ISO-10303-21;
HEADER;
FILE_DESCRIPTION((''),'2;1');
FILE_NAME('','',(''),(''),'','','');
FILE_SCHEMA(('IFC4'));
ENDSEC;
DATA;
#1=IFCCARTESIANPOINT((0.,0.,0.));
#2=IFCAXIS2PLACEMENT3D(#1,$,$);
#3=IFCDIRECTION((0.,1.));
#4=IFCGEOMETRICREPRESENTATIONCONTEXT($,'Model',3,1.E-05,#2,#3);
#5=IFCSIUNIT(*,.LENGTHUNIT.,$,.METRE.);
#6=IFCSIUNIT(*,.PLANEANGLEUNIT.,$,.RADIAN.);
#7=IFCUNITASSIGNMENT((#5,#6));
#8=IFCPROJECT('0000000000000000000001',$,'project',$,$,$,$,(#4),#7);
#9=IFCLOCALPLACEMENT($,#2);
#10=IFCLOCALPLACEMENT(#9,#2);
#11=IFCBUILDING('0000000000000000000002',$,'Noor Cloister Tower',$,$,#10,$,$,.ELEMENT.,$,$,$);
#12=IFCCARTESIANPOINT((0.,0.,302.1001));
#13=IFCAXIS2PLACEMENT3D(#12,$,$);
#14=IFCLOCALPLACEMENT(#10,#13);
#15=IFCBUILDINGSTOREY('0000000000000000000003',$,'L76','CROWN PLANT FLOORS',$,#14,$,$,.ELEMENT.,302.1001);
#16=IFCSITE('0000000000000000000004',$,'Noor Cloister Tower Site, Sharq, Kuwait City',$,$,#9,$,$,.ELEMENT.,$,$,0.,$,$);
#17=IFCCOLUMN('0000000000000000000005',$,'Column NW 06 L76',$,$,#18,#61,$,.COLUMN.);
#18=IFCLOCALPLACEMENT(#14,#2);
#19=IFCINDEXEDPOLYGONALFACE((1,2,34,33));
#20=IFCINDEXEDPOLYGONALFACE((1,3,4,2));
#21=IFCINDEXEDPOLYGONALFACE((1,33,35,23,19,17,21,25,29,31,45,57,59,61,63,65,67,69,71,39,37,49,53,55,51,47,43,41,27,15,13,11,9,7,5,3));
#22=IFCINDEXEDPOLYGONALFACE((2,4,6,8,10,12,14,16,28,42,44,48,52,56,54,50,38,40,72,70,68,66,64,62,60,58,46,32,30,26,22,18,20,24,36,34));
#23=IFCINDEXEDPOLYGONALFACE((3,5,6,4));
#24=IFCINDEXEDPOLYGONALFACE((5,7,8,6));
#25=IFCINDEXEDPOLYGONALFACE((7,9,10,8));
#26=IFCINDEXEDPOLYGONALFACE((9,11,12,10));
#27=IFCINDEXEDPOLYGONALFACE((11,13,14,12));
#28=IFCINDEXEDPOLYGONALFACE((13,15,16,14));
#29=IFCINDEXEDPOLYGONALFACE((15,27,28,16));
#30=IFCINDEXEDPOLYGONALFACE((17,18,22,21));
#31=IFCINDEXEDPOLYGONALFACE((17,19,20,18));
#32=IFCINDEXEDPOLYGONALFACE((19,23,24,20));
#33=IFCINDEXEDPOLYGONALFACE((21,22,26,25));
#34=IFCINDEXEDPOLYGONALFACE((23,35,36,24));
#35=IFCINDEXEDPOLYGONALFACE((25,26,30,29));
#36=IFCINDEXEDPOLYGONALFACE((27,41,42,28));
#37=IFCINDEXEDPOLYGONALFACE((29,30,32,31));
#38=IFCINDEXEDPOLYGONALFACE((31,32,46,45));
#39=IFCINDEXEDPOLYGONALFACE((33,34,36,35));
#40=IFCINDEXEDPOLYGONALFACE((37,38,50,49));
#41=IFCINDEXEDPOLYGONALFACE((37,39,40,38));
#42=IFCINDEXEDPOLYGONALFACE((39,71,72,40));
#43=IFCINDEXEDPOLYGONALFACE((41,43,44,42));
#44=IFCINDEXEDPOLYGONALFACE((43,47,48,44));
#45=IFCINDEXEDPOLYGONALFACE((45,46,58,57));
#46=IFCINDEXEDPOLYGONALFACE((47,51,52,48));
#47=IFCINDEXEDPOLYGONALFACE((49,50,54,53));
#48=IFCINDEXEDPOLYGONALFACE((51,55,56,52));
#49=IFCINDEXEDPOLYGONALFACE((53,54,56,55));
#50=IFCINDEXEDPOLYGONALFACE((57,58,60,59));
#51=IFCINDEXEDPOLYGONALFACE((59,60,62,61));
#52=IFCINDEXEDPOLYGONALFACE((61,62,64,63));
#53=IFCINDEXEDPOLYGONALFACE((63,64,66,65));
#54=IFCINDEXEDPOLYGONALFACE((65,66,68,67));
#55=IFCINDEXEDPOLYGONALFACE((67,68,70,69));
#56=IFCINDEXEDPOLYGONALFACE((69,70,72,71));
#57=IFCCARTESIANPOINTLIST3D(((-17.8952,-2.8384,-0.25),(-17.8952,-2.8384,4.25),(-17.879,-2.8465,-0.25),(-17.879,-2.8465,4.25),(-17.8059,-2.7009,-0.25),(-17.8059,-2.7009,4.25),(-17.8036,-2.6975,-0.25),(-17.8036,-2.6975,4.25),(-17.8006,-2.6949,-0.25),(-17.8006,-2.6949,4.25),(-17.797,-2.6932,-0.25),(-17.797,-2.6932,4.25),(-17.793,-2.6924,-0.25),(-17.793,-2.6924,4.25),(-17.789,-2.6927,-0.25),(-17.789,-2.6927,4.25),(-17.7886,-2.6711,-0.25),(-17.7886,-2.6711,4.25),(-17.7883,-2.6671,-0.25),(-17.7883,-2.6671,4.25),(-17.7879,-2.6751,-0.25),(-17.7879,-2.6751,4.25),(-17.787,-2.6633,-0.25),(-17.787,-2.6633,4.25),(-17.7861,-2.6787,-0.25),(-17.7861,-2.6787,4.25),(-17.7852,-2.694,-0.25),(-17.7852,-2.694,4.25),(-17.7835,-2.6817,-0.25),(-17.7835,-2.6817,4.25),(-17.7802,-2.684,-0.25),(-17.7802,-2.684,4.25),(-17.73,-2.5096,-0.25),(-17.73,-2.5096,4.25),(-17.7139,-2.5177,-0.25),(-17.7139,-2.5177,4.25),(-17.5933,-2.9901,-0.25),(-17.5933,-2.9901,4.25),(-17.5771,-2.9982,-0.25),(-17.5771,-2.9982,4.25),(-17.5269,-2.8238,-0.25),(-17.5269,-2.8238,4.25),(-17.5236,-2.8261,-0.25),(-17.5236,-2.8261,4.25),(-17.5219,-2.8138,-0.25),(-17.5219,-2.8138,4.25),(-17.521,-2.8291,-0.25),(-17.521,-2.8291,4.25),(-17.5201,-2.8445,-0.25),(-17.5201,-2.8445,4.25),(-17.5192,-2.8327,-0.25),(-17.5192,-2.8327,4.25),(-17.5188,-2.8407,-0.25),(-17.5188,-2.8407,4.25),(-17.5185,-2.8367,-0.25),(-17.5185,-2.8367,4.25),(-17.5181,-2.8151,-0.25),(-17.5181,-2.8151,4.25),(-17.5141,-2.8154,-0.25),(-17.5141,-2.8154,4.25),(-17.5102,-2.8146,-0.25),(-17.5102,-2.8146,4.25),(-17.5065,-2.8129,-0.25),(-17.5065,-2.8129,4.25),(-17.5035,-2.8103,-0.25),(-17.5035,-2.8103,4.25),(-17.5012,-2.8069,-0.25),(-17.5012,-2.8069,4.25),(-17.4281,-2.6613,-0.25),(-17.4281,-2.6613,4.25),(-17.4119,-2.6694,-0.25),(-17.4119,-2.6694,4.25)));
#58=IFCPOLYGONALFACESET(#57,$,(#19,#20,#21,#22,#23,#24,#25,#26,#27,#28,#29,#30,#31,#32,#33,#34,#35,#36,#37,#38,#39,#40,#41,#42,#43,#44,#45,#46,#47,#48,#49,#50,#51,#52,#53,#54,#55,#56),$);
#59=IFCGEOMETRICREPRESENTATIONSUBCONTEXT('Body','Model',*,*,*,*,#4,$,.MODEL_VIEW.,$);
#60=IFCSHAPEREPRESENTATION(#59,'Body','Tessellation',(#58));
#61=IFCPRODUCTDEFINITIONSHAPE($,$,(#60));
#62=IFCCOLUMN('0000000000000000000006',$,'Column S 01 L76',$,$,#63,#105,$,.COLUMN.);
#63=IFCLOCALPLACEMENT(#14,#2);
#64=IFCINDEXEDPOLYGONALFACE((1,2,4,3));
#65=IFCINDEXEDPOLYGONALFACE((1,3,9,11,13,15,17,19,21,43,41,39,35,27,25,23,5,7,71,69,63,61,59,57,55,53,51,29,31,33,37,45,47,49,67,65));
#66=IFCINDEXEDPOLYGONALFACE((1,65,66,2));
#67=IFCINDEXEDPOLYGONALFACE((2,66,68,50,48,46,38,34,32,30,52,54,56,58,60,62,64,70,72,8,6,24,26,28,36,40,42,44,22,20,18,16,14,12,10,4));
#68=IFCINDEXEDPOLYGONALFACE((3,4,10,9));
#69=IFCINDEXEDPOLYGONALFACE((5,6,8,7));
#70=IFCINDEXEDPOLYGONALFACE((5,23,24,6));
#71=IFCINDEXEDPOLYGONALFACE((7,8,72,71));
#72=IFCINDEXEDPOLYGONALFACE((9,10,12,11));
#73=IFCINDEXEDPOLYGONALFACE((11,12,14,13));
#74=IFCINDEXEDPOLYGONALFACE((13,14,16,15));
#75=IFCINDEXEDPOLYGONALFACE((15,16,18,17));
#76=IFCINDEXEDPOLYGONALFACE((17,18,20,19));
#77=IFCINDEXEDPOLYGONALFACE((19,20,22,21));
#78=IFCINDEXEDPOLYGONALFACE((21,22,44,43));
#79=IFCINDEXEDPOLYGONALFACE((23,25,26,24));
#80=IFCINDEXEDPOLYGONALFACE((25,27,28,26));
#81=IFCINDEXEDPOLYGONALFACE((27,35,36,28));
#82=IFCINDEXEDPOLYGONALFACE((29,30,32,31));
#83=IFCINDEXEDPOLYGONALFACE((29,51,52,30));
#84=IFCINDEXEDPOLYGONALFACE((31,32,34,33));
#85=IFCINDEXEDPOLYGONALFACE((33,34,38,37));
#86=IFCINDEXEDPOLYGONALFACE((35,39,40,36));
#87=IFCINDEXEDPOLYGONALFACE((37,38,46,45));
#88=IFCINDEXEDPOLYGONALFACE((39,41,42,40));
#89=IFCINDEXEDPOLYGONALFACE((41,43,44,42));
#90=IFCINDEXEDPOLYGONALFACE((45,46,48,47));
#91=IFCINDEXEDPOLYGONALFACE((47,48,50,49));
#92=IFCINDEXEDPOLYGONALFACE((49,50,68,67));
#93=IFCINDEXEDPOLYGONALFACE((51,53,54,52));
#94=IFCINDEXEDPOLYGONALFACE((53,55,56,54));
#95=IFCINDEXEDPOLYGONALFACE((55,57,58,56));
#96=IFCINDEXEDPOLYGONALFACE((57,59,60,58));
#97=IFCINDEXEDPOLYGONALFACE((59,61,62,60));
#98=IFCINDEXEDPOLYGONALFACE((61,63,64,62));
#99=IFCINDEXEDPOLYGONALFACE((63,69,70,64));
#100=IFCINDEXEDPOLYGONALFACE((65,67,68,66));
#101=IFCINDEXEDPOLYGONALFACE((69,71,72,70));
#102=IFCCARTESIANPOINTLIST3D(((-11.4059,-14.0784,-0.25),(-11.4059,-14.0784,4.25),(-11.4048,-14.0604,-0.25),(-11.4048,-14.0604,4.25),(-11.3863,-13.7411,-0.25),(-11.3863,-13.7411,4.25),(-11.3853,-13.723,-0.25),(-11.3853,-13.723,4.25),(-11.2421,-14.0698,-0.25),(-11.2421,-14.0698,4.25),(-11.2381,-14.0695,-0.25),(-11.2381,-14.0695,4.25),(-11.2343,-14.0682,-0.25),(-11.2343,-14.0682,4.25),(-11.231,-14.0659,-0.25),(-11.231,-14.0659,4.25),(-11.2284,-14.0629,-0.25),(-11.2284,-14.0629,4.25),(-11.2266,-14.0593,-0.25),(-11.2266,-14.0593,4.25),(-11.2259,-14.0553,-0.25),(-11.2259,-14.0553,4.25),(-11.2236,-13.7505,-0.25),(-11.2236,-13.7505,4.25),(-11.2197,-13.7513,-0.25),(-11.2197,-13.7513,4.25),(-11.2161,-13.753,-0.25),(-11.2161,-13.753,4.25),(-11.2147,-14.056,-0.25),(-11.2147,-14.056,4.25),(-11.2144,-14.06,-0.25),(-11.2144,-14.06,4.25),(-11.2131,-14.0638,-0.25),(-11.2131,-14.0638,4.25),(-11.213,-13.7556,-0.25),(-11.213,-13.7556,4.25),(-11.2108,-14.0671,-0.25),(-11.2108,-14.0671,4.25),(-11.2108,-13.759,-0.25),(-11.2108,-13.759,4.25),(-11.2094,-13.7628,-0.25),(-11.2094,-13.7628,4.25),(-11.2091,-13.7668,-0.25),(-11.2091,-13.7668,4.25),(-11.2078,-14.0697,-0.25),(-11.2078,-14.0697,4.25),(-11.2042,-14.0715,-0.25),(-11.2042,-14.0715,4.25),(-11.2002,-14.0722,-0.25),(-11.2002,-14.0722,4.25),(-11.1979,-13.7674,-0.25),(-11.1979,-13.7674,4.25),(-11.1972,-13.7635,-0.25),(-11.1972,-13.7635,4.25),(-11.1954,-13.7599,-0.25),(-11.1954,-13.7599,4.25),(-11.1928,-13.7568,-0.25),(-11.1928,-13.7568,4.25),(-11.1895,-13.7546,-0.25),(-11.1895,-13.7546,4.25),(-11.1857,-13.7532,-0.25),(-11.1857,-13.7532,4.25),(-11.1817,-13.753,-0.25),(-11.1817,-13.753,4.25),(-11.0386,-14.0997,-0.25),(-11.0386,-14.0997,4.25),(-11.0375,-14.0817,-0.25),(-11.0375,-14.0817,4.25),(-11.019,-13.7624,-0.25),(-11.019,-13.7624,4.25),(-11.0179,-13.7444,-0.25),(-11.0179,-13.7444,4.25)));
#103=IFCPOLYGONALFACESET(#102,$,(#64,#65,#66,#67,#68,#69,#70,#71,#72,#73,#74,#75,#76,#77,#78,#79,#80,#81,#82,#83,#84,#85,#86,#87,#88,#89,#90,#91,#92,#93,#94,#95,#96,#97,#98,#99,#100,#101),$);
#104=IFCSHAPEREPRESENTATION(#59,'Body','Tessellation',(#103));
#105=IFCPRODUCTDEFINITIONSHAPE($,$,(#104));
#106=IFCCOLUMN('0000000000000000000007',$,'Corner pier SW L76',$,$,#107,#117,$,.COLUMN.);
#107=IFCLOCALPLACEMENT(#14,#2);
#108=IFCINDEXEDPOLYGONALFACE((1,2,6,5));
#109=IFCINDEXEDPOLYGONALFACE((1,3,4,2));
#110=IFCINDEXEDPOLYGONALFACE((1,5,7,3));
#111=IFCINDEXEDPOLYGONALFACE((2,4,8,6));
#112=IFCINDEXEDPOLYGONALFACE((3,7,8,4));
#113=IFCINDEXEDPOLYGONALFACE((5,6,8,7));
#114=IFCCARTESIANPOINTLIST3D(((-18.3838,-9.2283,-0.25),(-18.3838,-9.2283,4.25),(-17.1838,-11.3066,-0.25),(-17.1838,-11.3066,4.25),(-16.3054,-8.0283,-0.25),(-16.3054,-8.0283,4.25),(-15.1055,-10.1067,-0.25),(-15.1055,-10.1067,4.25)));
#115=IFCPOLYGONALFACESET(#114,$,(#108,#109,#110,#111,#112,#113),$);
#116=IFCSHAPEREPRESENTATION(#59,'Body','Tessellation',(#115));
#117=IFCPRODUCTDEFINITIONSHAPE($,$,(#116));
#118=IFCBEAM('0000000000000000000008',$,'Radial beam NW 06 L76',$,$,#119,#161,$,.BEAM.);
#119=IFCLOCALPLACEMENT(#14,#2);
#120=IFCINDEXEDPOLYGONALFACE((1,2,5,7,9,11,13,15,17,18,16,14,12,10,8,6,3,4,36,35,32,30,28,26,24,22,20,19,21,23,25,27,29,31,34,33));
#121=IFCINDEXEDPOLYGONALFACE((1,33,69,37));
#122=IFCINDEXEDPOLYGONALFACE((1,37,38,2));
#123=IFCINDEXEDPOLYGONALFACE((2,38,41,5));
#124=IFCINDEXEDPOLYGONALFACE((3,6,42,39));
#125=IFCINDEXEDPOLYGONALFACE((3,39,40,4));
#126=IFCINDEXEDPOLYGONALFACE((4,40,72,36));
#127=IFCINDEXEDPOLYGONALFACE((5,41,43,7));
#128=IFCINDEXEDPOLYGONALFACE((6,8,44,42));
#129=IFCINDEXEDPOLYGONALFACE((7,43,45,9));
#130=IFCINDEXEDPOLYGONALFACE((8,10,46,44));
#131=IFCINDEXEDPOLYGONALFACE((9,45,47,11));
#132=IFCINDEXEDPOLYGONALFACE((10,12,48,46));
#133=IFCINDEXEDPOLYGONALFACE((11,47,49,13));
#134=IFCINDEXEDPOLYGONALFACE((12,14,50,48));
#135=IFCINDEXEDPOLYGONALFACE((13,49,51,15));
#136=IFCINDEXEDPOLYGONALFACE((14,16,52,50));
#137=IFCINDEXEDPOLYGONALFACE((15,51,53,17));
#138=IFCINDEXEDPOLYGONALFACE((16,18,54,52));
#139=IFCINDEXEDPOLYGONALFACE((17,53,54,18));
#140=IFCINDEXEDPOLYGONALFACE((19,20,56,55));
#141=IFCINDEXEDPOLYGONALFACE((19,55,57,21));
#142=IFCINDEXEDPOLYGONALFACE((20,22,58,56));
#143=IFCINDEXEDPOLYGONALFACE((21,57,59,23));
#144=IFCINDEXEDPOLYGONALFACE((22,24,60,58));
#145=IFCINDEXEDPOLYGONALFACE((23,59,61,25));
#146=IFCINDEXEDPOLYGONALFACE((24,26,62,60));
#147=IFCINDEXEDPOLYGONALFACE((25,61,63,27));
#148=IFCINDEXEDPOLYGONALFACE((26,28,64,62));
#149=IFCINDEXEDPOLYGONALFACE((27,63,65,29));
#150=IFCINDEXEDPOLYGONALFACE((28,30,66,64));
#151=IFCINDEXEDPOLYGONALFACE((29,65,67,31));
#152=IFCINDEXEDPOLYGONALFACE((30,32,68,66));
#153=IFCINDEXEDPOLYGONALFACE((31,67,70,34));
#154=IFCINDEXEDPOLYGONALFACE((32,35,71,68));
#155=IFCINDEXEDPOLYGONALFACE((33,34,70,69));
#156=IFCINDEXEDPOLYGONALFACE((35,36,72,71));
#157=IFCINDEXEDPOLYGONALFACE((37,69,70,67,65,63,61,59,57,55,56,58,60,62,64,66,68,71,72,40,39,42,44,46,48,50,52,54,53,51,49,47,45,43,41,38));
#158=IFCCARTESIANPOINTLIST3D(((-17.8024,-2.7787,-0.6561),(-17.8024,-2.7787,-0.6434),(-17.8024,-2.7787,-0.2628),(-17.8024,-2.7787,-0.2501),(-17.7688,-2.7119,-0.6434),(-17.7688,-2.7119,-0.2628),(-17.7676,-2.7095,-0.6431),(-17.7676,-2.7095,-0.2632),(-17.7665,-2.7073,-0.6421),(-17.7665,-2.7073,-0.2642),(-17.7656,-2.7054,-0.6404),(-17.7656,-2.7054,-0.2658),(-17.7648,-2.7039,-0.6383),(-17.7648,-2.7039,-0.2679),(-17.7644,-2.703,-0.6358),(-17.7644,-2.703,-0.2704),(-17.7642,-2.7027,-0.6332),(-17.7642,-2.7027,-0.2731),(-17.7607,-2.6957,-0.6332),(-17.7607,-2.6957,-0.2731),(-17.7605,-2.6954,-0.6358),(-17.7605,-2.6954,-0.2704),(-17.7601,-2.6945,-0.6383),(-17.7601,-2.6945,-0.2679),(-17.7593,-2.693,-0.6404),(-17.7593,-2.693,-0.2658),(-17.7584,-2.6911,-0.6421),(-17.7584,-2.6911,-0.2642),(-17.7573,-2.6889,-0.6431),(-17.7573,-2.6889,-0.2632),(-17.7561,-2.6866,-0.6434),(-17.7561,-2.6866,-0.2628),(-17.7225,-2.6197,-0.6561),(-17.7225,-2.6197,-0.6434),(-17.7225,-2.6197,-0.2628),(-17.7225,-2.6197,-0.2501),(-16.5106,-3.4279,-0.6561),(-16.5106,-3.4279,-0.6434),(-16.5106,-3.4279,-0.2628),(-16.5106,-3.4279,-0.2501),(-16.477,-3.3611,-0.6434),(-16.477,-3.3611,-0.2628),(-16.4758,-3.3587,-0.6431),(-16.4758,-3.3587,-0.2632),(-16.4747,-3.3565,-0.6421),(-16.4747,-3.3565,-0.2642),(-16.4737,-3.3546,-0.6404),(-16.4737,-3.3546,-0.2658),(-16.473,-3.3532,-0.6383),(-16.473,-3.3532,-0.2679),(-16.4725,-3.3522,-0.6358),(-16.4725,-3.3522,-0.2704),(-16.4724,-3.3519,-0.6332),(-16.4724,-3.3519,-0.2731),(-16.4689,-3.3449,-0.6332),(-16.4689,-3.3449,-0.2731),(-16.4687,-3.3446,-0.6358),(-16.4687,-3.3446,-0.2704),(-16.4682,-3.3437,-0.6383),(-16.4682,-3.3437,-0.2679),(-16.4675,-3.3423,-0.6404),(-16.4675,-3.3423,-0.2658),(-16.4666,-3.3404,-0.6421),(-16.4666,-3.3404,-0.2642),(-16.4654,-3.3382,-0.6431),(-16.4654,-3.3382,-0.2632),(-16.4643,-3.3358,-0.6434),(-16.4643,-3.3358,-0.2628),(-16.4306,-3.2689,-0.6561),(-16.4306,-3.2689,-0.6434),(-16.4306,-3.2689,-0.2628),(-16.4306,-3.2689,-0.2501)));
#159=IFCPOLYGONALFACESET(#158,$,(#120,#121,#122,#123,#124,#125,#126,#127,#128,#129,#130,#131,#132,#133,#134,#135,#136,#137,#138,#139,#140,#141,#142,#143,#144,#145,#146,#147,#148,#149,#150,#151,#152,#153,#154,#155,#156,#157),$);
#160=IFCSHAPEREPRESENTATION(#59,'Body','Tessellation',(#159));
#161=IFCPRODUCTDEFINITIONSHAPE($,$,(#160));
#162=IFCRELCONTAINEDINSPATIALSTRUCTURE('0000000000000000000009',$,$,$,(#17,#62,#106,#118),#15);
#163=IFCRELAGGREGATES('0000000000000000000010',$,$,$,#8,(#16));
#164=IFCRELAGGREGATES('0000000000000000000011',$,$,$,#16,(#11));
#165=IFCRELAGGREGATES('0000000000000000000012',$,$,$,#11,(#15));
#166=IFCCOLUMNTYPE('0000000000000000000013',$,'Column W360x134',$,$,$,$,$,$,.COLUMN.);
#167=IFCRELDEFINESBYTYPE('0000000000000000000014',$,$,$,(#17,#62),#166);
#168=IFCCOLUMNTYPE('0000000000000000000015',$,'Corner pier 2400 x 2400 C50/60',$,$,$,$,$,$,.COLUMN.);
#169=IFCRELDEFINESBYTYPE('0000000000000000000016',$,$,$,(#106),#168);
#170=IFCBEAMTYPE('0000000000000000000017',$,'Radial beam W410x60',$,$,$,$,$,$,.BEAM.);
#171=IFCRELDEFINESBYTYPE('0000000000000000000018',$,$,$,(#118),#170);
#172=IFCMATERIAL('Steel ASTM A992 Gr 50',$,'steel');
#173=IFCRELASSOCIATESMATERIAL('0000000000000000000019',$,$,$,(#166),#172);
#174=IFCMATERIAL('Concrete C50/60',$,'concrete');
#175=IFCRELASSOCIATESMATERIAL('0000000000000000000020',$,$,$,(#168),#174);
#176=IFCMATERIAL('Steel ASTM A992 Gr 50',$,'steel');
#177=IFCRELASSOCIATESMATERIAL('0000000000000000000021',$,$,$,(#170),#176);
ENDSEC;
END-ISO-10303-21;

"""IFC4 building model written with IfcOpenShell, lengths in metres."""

from ifc_helpers import new_model, si_unit, direction, frame, origin, origin_2d, place, context, subcontext, project, spatial, rectangle, i_section, extrude, material, material_profile, profile_set, type_object, element, save


model = new_model("IFC4")

# Units and contexts
model_context = context("Model", 3, precision=1e-05, world=origin(), true_north=direction((0.0, 1.0)))
body_context = subcontext(model_context, "Body", "Model", "MODEL_VIEW")
ifc_project = project(units=[si_unit("LENGTHUNIT", "METRE"), si_unit("PLANEANGLEUNIT", "RADIAN")], contexts=[model_context])

# Site, building, storey
site_placement = place(None, origin())
site = spatial("IfcSite", under=ifc_project, at=site_placement, Name="Noor Cloister Tower Site, Sharq, Kuwait City", CompositionType="ELEMENT", RefElevation=0.0)
building_placement = place(site_placement, origin())
building = spatial("IfcBuilding", under=site, at=building_placement, Name="Noor Cloister Tower", CompositionType="ELEMENT")
storey_placement = place(building_placement, frame((0.0, 0.0, 302.1001)))
storey = spatial("IfcBuildingStorey", under=building, at=storey_placement, Name="L76", Description="CROWN PLANT FLOORS", CompositionType="ELEMENT", Elevation=302.1001)

# Columns
ifc_material_1 = material(Name="Steel ASTM A992 Gr 50", Category="steel")
ifc_material_profile_1 = material_profile(ifc_material_1, i_section(OverallWidth=0.3679, OverallDepth=0.356, WebThickness=0.0112, FlangeThickness=0.0181, FilletRadius=0.0154, at=origin_2d()), Name="W360x134")
ifc_profile_set_1 = profile_set([ifc_material_profile_1], Name="Steel ASTM A992 Gr 50")
column_type_1 = type_object("IfcColumnType", Name="Column W360x134", PredefinedType="COLUMN", material=ifc_profile_set_1)
for number, where, z_axis, x_axis, name in (
    (1, (-17.6536, -2.7539, -0.25), (0.0, 0.0, 1.0), (-0.448975, -0.893544, 0.0), "Column NW 06 L76"),
    (2, (-11.2119, -13.9114, -0.25), (0.0, 0.0, 1.0), (0.99832, -0.057948, 0.0), "Column S 01 L76"),
):
    element("IfcColumn", number, at=place(storey_placement, frame(where, z_axis=z_axis, x_axis=x_axis)), inside=storey, type_object=column_type_1, Name=name, PredefinedType="COLUMN", context=body_context, shape_type="SweptSolid", body=[
        extrude(i_section(OverallWidth=0.3679, OverallDepth=0.356, WebThickness=0.0112, FlangeThickness=0.0181, FilletRadius=0.0154, at=origin_2d()), origin(), (0.0, 0.0, 1.0), 4.5),
    ])
ifc_material_2 = material(Name="Concrete C50/60", Category="concrete")
ifc_material_profile_2 = material_profile(ifc_material_2, rectangle(XDim=2.3999, YDim=2.3999, at=origin_2d()), Name="RC 2400x2400")
ifc_profile_set_2 = profile_set([ifc_material_profile_2], Name="Concrete C50/60")
column_type_2 = type_object("IfcColumnType", Name="Corner pier 2400 x 2400 C50/60", PredefinedType="COLUMN", material=ifc_profile_set_2)
column_placement = place(storey_placement, frame((-16.7446, -9.6675, -0.25), z_axis=(0.0, 0.0, 1.0), x_axis=(-0.866025, -0.5, 0.0)))
element("IfcColumn", 3, at=column_placement, inside=storey, type_object=column_type_2, Name="Corner pier SW L76", PredefinedType="COLUMN", context=body_context, shape_type="SweptSolid", body=[
    extrude(rectangle(XDim=2.3999, YDim=2.3999, at=origin_2d()), origin(), (0.0, 0.0, 1.0), 4.5),
])

# Beam
ifc_material_3 = material(Name="Steel ASTM A992 Gr 50", Category="steel")
ifc_material_profile_3 = material_profile(ifc_material_3, i_section(OverallWidth=0.178, OverallDepth=0.406, WebThickness=0.0078, FlangeThickness=0.0127, FilletRadius=0.0103, at=origin_2d()), Name="W410x60")
ifc_profile_set_3 = profile_set([ifc_material_profile_3], Name="Steel ASTM A992 Gr 50")
beam_type_1 = type_object("IfcBeamType", Name="Radial beam W410x60", PredefinedType="BEAM", material=ifc_profile_set_3)
beam_1_placement = place(storey_placement, frame((-17.7625, -2.6992, -0.4531), z_axis=(0.893513, -0.449037, 0.0), x_axis=(0.449037, 0.893513, 0.0)))
element("IfcBeam", 4, at=beam_1_placement, inside=storey, type_object=beam_type_1, Name="Radial beam NW 06 L76", PredefinedType="BEAM", context=body_context, shape_type="SweptSolid", body=[
    extrude(i_section(OverallWidth=0.178, OverallDepth=0.406, WebThickness=0.0078, FlangeThickness=0.0127, FilletRadius=0.0103, at=origin_2d()), origin(), (0.0, 0.0, 1.0), 1.4458),
])

save(model, "model.ifc")
